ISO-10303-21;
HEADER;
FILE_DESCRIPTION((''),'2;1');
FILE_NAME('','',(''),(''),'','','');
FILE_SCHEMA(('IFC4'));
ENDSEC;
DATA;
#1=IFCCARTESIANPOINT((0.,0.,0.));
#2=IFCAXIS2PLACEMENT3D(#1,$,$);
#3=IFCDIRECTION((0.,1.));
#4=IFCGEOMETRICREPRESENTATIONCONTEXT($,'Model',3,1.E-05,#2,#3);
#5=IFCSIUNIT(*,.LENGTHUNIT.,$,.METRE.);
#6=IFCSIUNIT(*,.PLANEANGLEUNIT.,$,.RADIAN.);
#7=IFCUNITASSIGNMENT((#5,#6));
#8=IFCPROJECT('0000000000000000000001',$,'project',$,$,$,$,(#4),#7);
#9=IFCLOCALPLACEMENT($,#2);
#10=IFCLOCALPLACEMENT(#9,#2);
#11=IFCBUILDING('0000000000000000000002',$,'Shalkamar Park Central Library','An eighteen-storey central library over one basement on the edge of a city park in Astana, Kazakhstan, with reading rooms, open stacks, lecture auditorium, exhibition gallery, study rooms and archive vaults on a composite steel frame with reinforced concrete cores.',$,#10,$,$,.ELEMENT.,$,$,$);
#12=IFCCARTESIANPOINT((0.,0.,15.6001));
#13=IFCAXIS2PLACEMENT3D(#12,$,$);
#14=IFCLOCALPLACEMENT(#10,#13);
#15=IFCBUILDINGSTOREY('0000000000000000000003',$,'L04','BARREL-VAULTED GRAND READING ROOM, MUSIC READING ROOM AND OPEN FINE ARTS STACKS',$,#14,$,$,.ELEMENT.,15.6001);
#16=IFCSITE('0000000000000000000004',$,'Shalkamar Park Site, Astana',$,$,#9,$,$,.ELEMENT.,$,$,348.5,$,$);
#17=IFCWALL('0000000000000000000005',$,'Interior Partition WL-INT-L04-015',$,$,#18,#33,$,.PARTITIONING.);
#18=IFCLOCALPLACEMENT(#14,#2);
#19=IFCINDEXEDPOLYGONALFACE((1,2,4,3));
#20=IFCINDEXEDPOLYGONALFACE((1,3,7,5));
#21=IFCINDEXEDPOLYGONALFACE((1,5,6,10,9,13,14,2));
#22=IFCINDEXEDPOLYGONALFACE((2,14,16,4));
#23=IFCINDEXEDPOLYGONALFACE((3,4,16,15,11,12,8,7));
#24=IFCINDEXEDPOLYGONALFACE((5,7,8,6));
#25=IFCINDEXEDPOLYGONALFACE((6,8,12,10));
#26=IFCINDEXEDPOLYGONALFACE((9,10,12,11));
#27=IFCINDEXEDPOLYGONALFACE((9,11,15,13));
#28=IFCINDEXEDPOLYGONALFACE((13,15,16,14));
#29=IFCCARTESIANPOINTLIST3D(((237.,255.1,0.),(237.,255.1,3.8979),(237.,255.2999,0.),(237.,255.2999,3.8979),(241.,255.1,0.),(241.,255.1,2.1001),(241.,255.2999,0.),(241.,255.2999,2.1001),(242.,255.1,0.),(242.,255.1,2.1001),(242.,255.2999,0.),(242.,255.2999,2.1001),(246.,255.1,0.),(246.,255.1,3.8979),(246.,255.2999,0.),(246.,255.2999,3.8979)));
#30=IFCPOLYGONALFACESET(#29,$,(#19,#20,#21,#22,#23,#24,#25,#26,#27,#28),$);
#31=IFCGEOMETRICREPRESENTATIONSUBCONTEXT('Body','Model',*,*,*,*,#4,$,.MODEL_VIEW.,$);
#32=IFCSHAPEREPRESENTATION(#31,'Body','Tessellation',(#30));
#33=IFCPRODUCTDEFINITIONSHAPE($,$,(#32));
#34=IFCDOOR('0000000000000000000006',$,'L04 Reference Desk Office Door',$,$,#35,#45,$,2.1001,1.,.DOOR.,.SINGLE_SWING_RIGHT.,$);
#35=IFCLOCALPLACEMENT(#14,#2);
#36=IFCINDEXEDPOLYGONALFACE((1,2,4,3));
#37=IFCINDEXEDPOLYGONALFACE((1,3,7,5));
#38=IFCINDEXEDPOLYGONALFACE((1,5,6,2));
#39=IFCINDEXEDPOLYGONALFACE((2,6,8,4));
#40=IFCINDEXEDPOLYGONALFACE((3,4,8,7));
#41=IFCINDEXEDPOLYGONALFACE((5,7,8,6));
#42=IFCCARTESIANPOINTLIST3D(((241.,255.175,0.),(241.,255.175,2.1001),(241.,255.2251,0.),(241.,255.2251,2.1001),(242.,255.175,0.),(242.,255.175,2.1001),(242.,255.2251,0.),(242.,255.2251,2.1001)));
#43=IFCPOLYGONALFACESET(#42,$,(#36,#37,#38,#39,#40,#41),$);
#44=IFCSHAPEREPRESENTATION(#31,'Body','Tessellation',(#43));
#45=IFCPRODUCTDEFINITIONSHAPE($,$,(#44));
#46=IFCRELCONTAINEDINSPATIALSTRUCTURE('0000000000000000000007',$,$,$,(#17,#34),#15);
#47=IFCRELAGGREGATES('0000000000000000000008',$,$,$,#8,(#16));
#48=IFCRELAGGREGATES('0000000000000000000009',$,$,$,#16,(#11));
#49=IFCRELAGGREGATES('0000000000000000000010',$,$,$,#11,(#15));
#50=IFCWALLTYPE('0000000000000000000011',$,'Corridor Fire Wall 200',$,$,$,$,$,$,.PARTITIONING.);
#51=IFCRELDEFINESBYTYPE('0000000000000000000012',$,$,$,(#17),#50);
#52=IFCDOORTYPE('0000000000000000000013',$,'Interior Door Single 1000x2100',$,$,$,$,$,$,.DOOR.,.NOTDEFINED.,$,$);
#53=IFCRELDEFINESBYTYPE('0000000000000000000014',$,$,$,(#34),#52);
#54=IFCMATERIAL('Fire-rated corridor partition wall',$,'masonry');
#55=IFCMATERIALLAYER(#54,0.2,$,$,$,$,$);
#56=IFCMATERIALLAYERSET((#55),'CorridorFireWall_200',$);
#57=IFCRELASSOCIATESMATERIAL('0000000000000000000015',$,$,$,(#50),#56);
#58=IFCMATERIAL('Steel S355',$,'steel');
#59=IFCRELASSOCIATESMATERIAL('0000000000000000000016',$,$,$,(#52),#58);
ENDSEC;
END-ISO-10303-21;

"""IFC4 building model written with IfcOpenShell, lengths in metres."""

from ifc_helpers import new_model, si_unit, direction, frame, frame_2d, origin, place, context, subcontext, project, spatial, rectangle, extrude, material, layer, layer_set, type_object, element, fill, save


model = new_model("IFC4")

# Units and contexts
model_context = context("Model", 3, precision=1e-05, world=origin(), true_north=direction((0.0, 1.0)))
body_context = subcontext(model_context, "Body", "Model", "MODEL_VIEW")
ifc_project = project(units=[si_unit("LENGTHUNIT", "METRE"), si_unit("PLANEANGLEUNIT", "RADIAN")], contexts=[model_context])

# Site, building, storey
site_placement = place(None, origin())
site = spatial("IfcSite", under=ifc_project, at=site_placement, Name="Shalkamar Park Site, Astana", CompositionType="ELEMENT", RefElevation=348.5)
building_placement = place(site_placement, origin())
building = spatial("IfcBuilding", under=site, at=building_placement, Name="Shalkamar Park Central Library", Description="An eighteen-storey central library over one basement on the edge of a city park in Astana, Kazakhstan, with reading rooms, open stacks, lecture auditorium, exhibition gallery, study rooms and archive vaults on a composite steel frame with reinforced concrete cores.", CompositionType="ELEMENT")
storey_placement = place(building_placement, frame((0.0, 0.0, 15.6001)))
storey = spatial("IfcBuildingStorey", under=building, at=storey_placement, Name="L04", Description="BARREL-VAULTED GRAND READING ROOM, MUSIC READING ROOM AND OPEN FINE ARTS STACKS", CompositionType="ELEMENT", Elevation=15.6001)

# Shared definitions
ifc_material_1 = material(Name="Steel S355", Category="steel")

# Wall, opening, door
ifc_material_2 = material(Name="Fire-rated corridor partition wall", Category="masonry")
ifc_layer_1 = layer(ifc_material_2, 0.2)
ifc_layer_set_1 = layer_set([ifc_layer_1], Name="CorridorFireWall_200")
wall_type_1 = type_object("IfcWallType", Name="Corridor Fire Wall 200", PredefinedType="PARTITIONING", material=ifc_layer_set_1)
wall_1_placement = place(storey_placement, frame((237.0, 255.2, 0.0), z_axis=(0.0, 0.0, 1.0), x_axis=(1.0, 0.0, 0.0)))
wall_1 = element("IfcWall", 1, at=wall_1_placement, inside=storey, type_object=wall_type_1, Name="Interior Partition WL-INT-L04-015", PredefinedType="PARTITIONING", context=body_context, shape_type="SweptSolid", body=[
    extrude(rectangle(XDim=9.0, YDim=0.2, at=frame_2d((4.5, 0.0))), origin(), (0.0, 0.0, 1.0), 3.8979),
])
opening_1_placement = place(wall_1_placement, frame((4.0, 0.0, 0.0)))
opening_1 = element("IfcOpeningElement", 2, at=opening_1_placement, cuts=wall_1, PredefinedType="OPENING", context=body_context, shape_type="SweptSolid", body=[
    extrude(rectangle(XDim=1.0, YDim=2.1001, at=frame_2d((0.5, 1.05))), frame((0.0, 0.1147, 0.0), z_axis=(0.0, -1.0, 0.0), x_axis=(1.0, 0.0, 0.0)), (0.0, 0.0, 1.0), 0.2297),
])
door_type_1 = type_object("IfcDoorType", Name="Interior Door Single 1000x2100", OperationType="NOTDEFINED", PredefinedType="DOOR", material=ifc_material_1)
door_1_placement = place(opening_1_placement, frame((1.0, 0.0, 0.0), z_axis=(0.0, 0.0, 1.0), x_axis=(-1.0, 0.0, 0.0)))
door_1 = element("IfcDoor", 3, at=door_1_placement, inside=storey, type_object=door_type_1, Name="L04 Reference Desk Office Door", OperationType="SINGLE_SWING_RIGHT", OverallHeight=2.1001, OverallWidth=1.0, PredefinedType="DOOR", context=body_context, shape_type="SweptSolid", body=[
    extrude(rectangle(XDim=1.0, YDim=2.1001, at=frame_2d((0.5, 1.05))), frame((0.0, 0.0249, 0.0), z_axis=(0.0, -1.0, 0.0), x_axis=(1.0, 0.0, 0.0)), (0.0, 0.0, 1.0), 0.05),
])
fill(opening_1, door_1)

save(model, "model.ifc")
